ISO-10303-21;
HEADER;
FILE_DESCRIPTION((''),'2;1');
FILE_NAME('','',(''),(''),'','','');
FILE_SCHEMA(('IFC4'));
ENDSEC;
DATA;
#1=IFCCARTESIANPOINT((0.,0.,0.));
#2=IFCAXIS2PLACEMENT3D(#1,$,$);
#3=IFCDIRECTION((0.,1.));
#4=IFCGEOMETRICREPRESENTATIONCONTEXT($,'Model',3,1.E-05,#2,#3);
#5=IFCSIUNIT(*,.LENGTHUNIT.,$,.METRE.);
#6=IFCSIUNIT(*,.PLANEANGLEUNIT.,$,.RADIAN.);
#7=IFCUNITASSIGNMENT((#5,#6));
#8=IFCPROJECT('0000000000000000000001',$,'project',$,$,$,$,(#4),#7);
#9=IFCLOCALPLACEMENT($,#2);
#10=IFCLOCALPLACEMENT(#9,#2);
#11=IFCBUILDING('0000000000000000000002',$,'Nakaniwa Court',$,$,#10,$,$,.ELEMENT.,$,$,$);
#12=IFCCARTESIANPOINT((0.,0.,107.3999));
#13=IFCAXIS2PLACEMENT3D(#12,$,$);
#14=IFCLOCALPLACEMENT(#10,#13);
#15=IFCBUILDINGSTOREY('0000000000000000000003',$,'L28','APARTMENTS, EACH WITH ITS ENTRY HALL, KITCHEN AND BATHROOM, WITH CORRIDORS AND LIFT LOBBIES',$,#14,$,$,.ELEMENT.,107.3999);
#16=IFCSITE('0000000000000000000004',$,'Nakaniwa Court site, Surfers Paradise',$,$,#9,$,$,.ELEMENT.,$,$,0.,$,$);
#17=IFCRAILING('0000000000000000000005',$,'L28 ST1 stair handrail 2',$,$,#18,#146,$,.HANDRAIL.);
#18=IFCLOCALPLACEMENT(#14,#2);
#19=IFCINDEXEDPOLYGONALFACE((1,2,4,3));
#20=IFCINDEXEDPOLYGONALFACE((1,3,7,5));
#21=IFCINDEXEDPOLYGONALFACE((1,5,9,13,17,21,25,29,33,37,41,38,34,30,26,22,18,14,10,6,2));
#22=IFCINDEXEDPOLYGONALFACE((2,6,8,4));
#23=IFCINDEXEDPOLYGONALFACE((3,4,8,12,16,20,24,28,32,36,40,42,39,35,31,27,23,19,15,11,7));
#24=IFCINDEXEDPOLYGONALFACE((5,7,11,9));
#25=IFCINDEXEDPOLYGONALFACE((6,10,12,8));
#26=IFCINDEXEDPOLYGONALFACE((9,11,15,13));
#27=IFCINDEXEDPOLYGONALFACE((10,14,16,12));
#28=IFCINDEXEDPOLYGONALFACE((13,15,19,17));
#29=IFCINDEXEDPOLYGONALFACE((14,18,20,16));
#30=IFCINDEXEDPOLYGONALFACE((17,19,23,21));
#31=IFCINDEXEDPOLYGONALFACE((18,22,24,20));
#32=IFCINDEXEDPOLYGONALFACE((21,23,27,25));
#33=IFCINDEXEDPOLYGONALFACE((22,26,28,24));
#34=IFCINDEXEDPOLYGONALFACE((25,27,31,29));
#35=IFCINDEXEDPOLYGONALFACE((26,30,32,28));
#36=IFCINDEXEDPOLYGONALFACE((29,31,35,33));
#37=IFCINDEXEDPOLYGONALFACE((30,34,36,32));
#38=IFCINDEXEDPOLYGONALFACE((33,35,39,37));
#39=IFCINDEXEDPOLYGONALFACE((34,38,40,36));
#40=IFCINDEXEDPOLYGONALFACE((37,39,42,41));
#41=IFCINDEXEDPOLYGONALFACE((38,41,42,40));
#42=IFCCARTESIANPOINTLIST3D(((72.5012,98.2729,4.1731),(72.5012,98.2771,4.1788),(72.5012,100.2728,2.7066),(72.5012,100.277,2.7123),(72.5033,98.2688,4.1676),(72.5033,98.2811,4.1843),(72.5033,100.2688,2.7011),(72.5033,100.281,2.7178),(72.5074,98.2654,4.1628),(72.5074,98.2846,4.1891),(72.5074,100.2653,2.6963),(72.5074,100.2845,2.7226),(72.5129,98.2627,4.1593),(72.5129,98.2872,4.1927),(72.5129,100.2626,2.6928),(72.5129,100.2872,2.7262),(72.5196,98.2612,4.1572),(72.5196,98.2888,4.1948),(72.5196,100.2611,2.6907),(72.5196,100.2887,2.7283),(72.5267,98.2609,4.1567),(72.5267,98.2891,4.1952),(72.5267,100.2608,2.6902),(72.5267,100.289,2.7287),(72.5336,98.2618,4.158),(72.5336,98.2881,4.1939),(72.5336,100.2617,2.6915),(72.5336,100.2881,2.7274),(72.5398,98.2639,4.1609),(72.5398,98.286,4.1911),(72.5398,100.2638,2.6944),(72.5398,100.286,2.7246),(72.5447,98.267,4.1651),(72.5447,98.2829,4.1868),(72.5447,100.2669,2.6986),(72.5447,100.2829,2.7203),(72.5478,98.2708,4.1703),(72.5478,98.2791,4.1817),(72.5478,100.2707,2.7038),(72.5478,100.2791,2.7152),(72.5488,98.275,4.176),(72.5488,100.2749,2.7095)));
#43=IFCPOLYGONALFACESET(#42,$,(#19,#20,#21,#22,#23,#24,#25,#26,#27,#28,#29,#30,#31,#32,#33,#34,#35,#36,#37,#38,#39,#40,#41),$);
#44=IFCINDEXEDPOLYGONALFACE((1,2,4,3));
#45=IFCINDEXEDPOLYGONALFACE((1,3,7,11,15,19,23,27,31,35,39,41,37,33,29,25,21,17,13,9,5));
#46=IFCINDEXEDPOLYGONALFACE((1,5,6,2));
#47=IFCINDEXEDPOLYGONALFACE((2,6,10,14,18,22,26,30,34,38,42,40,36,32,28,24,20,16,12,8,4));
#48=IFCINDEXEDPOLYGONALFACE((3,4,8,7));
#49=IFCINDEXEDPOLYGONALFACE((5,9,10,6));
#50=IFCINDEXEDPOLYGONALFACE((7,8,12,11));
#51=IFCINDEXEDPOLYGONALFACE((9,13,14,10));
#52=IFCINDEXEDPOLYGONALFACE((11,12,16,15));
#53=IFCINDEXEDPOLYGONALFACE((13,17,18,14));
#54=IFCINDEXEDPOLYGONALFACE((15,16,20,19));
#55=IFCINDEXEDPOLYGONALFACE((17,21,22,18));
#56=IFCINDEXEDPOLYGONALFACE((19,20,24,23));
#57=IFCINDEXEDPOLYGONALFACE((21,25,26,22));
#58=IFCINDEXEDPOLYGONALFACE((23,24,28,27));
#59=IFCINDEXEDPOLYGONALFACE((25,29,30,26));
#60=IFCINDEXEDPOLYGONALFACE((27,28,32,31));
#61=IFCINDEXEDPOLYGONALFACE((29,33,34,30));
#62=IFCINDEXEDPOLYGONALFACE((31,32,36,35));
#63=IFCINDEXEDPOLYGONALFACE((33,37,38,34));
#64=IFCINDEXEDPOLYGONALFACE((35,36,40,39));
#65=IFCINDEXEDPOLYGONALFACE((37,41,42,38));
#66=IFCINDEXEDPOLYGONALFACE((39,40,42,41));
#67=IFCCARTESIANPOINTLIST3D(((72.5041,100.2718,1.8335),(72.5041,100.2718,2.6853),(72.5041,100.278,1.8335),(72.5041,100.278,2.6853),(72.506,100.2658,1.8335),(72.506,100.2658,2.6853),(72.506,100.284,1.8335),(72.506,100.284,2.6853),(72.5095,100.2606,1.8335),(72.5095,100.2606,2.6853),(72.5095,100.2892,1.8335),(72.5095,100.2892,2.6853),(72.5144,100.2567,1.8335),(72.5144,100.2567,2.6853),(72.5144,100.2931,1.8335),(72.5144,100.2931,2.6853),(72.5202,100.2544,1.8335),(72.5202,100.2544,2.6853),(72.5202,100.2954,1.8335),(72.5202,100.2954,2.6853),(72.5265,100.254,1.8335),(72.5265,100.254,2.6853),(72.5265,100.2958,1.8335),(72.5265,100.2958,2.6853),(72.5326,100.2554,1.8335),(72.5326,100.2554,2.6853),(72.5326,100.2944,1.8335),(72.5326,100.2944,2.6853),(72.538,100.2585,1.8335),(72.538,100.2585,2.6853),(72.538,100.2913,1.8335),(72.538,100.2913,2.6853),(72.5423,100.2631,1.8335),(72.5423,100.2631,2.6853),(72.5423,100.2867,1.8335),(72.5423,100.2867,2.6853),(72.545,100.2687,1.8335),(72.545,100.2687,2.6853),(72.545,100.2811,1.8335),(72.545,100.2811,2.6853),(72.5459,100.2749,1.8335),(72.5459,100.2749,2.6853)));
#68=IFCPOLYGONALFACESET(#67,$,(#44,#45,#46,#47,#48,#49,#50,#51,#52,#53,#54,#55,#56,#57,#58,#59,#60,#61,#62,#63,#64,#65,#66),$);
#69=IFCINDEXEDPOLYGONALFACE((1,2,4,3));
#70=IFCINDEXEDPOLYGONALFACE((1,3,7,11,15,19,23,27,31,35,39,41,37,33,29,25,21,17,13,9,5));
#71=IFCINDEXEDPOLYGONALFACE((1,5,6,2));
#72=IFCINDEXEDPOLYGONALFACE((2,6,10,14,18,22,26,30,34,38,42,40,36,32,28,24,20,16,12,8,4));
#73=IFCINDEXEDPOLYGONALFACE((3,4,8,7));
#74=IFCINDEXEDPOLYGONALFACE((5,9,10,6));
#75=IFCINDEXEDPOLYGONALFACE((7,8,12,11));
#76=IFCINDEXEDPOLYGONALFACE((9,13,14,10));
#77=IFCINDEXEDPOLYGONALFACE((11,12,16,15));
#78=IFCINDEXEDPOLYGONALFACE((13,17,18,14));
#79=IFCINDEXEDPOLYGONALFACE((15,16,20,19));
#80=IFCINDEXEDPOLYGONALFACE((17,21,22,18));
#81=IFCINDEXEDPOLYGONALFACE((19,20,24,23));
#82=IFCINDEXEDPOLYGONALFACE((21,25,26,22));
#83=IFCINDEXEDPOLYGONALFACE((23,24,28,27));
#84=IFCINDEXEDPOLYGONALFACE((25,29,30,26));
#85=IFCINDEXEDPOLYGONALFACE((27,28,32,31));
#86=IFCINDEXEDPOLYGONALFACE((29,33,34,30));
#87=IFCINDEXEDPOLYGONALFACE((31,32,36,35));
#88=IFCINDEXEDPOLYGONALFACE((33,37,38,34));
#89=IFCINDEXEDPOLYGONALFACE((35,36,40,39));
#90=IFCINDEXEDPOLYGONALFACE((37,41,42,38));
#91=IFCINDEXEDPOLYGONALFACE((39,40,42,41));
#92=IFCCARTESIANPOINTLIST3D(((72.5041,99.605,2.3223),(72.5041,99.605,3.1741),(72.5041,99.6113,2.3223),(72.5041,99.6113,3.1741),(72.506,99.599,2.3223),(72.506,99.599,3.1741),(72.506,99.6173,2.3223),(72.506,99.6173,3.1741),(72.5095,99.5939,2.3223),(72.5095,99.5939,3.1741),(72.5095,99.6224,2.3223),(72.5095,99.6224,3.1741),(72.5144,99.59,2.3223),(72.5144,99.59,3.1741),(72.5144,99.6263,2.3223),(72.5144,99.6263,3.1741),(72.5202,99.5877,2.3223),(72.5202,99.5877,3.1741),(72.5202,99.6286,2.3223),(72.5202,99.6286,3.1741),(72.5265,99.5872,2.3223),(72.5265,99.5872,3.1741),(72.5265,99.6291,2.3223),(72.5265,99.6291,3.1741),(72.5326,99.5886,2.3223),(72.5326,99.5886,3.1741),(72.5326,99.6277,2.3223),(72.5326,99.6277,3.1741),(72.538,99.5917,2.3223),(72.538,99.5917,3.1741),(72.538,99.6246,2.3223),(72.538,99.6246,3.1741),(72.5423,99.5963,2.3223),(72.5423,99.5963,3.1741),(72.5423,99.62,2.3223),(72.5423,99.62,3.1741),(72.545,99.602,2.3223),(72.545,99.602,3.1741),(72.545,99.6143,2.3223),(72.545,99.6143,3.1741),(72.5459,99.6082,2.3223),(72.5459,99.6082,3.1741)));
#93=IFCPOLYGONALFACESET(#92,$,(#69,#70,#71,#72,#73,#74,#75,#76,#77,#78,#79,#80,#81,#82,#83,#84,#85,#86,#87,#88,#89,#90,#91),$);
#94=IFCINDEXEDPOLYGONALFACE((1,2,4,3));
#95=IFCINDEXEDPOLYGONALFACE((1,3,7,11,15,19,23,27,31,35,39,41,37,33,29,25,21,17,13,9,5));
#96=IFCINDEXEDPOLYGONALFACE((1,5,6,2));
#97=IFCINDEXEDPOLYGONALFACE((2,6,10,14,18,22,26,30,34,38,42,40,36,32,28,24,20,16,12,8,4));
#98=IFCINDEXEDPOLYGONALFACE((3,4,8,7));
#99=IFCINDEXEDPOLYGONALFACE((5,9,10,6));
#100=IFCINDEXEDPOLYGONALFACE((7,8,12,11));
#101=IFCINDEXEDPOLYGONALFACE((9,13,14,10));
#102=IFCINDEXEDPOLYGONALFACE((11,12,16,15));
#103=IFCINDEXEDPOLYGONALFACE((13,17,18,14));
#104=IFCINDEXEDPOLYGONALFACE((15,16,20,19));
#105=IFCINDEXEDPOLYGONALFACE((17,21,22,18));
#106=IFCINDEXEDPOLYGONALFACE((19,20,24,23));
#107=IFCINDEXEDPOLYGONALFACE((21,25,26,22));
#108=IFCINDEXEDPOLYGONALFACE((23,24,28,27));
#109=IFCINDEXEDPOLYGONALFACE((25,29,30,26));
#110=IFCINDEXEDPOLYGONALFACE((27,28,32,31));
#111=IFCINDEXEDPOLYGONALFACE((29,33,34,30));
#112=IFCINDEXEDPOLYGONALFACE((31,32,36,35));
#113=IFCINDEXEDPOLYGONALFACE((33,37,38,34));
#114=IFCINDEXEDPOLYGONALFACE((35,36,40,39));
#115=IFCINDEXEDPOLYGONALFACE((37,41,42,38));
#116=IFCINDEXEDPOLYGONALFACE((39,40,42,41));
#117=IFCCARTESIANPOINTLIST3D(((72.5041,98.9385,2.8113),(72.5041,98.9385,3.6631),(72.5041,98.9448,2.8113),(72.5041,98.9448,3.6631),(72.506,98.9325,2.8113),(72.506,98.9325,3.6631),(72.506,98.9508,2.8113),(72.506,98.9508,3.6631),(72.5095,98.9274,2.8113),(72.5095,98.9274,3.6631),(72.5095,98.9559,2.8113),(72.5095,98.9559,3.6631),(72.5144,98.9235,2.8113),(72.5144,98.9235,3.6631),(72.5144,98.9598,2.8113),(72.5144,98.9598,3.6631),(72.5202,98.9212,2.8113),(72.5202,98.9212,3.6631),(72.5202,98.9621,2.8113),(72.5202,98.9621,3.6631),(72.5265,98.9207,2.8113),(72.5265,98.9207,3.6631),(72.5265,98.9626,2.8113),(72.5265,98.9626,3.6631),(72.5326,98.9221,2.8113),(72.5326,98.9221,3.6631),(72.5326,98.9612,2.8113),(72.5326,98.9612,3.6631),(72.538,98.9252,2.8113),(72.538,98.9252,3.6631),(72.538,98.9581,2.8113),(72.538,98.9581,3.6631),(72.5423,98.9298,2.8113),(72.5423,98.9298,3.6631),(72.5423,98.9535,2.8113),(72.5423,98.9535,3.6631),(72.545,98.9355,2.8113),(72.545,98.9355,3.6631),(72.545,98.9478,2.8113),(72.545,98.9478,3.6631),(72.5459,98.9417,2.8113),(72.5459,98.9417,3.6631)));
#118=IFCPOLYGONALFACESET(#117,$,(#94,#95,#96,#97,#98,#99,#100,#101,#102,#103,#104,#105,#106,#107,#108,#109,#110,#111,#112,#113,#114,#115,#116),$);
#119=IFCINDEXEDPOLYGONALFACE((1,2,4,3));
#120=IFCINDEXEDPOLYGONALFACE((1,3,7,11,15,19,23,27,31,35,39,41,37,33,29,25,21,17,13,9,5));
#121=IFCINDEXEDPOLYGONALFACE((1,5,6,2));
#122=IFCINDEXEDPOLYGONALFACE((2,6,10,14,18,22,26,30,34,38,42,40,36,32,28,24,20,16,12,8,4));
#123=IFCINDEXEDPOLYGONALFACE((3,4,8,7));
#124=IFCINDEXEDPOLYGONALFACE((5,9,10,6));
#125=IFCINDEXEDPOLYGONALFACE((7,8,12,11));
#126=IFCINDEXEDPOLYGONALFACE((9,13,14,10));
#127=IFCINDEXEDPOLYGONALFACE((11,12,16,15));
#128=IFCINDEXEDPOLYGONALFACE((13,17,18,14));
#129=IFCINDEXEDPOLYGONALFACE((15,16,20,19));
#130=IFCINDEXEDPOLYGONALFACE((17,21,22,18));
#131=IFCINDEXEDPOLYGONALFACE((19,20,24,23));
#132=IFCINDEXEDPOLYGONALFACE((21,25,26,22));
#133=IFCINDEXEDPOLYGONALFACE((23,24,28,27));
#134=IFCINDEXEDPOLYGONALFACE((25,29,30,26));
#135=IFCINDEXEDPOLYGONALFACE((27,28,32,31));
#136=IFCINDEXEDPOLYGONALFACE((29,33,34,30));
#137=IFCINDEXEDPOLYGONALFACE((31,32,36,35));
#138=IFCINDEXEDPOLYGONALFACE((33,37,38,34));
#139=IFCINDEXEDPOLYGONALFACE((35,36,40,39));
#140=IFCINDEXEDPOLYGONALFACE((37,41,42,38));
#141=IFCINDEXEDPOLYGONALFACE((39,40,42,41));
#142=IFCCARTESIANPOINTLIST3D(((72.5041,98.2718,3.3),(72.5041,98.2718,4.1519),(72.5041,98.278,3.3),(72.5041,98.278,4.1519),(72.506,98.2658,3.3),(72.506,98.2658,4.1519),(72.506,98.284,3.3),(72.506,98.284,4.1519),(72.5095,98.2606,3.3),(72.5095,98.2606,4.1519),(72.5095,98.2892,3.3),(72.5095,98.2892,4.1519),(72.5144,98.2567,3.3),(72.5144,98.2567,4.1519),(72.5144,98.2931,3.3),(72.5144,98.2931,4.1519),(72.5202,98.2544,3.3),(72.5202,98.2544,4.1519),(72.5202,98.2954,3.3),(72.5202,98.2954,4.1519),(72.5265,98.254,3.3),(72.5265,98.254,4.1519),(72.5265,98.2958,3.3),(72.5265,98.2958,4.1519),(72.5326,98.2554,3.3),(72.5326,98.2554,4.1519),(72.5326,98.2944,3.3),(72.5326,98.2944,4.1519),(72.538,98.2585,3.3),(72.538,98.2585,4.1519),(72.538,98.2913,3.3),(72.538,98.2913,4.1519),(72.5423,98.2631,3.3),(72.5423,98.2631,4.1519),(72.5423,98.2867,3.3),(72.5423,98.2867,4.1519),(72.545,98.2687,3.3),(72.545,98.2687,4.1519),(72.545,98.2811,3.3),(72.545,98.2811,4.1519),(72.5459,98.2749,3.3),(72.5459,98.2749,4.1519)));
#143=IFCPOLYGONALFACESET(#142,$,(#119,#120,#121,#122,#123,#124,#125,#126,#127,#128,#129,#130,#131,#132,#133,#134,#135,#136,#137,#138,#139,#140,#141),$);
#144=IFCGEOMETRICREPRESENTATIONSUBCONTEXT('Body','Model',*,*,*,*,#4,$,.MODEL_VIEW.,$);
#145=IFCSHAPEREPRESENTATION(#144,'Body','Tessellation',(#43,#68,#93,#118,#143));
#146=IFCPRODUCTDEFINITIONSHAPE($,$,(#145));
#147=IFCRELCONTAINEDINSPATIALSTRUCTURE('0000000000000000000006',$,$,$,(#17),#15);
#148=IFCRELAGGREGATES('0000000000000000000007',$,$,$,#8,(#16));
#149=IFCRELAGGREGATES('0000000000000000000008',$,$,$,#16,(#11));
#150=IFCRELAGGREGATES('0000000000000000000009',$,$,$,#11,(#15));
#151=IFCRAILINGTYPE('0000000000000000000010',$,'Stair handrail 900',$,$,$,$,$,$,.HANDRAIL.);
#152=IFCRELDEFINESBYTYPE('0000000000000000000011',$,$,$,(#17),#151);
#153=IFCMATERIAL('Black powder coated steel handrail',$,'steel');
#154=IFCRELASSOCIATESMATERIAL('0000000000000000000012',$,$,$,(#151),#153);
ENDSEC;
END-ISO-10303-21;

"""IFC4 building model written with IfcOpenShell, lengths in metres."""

from ifc_helpers import new_model, si_unit, direction, frame, origin, origin_2d, place, context, subcontext, project, spatial, circle, extrude, material, type_object, element, save


model = new_model("IFC4")

# Units and contexts
model_context = context("Model", 3, precision=1e-05, world=origin(), true_north=direction((0.0, 1.0)))
body_context = subcontext(model_context, "Body", "Model", "MODEL_VIEW")
ifc_project = project(units=[si_unit("LENGTHUNIT", "METRE"), si_unit("PLANEANGLEUNIT", "RADIAN")], contexts=[model_context])

# Site, building, storey
site_placement = place(None, origin())
site = spatial("IfcSite", under=ifc_project, at=site_placement, Name="Nakaniwa Court site, Surfers Paradise", CompositionType="ELEMENT", RefElevation=0.0)
building_placement = place(site_placement, origin())
building = spatial("IfcBuilding", under=site, at=building_placement, Name="Nakaniwa Court", CompositionType="ELEMENT")
storey_placement = place(building_placement, frame((0.0, 0.0, 107.3999)))
storey = spatial("IfcBuildingStorey", under=building, at=storey_placement, Name="L28", Description="APARTMENTS, EACH WITH ITS ENTRY HALL, KITCHEN AND BATHROOM, WITH CORRIDORS AND LIFT LOBBIES", CompositionType="ELEMENT", Elevation=107.3999)

# Railing
ifc_material_1 = material(Name="Black powder coated steel handrail", Category="steel")
railing_type_1 = type_object("IfcRailingType", Name="Stair handrail 900", PredefinedType="HANDRAIL", material=ifc_material_1)
railing_1_placement = place(storey_placement, frame((72.5249, 100.2749, 1.8335)))
element("IfcRailing", 1, at=railing_1_placement, inside=storey, type_object=railing_type_1, Name="L28 ST1 stair handrail 2", PredefinedType="HANDRAIL", context=body_context, shape_type="SweptSolid", body=[
    extrude(circle(Radius=0.0239, at=origin_2d()), frame((0.0, 0.0, 0.876), z_axis=(0.0, -0.806427, 0.591334), x_axis=(1.0, 0.0, 0.0)), (0.0, 0.0, 1.0), 2.48),
    extrude(circle(Radius=0.021, at=origin_2d()), origin(), (0.0, 0.0, 1.0), 0.8518),
    extrude(circle(Radius=0.021, at=origin_2d()), frame((0.0, -0.6667, 0.4888)), (0.0, 0.0, 1.0), 0.8518),
    extrude(circle(Radius=0.021, at=origin_2d()), frame((0.0, -1.3333, 0.9778)), (0.0, 0.0, 1.0), 0.8518),
    extrude(circle(Radius=0.021, at=origin_2d()), frame((0.0, -2.0, 1.4666)), (0.0, 0.0, 1.0), 0.8518),
])

save(model, "model.ifc")
